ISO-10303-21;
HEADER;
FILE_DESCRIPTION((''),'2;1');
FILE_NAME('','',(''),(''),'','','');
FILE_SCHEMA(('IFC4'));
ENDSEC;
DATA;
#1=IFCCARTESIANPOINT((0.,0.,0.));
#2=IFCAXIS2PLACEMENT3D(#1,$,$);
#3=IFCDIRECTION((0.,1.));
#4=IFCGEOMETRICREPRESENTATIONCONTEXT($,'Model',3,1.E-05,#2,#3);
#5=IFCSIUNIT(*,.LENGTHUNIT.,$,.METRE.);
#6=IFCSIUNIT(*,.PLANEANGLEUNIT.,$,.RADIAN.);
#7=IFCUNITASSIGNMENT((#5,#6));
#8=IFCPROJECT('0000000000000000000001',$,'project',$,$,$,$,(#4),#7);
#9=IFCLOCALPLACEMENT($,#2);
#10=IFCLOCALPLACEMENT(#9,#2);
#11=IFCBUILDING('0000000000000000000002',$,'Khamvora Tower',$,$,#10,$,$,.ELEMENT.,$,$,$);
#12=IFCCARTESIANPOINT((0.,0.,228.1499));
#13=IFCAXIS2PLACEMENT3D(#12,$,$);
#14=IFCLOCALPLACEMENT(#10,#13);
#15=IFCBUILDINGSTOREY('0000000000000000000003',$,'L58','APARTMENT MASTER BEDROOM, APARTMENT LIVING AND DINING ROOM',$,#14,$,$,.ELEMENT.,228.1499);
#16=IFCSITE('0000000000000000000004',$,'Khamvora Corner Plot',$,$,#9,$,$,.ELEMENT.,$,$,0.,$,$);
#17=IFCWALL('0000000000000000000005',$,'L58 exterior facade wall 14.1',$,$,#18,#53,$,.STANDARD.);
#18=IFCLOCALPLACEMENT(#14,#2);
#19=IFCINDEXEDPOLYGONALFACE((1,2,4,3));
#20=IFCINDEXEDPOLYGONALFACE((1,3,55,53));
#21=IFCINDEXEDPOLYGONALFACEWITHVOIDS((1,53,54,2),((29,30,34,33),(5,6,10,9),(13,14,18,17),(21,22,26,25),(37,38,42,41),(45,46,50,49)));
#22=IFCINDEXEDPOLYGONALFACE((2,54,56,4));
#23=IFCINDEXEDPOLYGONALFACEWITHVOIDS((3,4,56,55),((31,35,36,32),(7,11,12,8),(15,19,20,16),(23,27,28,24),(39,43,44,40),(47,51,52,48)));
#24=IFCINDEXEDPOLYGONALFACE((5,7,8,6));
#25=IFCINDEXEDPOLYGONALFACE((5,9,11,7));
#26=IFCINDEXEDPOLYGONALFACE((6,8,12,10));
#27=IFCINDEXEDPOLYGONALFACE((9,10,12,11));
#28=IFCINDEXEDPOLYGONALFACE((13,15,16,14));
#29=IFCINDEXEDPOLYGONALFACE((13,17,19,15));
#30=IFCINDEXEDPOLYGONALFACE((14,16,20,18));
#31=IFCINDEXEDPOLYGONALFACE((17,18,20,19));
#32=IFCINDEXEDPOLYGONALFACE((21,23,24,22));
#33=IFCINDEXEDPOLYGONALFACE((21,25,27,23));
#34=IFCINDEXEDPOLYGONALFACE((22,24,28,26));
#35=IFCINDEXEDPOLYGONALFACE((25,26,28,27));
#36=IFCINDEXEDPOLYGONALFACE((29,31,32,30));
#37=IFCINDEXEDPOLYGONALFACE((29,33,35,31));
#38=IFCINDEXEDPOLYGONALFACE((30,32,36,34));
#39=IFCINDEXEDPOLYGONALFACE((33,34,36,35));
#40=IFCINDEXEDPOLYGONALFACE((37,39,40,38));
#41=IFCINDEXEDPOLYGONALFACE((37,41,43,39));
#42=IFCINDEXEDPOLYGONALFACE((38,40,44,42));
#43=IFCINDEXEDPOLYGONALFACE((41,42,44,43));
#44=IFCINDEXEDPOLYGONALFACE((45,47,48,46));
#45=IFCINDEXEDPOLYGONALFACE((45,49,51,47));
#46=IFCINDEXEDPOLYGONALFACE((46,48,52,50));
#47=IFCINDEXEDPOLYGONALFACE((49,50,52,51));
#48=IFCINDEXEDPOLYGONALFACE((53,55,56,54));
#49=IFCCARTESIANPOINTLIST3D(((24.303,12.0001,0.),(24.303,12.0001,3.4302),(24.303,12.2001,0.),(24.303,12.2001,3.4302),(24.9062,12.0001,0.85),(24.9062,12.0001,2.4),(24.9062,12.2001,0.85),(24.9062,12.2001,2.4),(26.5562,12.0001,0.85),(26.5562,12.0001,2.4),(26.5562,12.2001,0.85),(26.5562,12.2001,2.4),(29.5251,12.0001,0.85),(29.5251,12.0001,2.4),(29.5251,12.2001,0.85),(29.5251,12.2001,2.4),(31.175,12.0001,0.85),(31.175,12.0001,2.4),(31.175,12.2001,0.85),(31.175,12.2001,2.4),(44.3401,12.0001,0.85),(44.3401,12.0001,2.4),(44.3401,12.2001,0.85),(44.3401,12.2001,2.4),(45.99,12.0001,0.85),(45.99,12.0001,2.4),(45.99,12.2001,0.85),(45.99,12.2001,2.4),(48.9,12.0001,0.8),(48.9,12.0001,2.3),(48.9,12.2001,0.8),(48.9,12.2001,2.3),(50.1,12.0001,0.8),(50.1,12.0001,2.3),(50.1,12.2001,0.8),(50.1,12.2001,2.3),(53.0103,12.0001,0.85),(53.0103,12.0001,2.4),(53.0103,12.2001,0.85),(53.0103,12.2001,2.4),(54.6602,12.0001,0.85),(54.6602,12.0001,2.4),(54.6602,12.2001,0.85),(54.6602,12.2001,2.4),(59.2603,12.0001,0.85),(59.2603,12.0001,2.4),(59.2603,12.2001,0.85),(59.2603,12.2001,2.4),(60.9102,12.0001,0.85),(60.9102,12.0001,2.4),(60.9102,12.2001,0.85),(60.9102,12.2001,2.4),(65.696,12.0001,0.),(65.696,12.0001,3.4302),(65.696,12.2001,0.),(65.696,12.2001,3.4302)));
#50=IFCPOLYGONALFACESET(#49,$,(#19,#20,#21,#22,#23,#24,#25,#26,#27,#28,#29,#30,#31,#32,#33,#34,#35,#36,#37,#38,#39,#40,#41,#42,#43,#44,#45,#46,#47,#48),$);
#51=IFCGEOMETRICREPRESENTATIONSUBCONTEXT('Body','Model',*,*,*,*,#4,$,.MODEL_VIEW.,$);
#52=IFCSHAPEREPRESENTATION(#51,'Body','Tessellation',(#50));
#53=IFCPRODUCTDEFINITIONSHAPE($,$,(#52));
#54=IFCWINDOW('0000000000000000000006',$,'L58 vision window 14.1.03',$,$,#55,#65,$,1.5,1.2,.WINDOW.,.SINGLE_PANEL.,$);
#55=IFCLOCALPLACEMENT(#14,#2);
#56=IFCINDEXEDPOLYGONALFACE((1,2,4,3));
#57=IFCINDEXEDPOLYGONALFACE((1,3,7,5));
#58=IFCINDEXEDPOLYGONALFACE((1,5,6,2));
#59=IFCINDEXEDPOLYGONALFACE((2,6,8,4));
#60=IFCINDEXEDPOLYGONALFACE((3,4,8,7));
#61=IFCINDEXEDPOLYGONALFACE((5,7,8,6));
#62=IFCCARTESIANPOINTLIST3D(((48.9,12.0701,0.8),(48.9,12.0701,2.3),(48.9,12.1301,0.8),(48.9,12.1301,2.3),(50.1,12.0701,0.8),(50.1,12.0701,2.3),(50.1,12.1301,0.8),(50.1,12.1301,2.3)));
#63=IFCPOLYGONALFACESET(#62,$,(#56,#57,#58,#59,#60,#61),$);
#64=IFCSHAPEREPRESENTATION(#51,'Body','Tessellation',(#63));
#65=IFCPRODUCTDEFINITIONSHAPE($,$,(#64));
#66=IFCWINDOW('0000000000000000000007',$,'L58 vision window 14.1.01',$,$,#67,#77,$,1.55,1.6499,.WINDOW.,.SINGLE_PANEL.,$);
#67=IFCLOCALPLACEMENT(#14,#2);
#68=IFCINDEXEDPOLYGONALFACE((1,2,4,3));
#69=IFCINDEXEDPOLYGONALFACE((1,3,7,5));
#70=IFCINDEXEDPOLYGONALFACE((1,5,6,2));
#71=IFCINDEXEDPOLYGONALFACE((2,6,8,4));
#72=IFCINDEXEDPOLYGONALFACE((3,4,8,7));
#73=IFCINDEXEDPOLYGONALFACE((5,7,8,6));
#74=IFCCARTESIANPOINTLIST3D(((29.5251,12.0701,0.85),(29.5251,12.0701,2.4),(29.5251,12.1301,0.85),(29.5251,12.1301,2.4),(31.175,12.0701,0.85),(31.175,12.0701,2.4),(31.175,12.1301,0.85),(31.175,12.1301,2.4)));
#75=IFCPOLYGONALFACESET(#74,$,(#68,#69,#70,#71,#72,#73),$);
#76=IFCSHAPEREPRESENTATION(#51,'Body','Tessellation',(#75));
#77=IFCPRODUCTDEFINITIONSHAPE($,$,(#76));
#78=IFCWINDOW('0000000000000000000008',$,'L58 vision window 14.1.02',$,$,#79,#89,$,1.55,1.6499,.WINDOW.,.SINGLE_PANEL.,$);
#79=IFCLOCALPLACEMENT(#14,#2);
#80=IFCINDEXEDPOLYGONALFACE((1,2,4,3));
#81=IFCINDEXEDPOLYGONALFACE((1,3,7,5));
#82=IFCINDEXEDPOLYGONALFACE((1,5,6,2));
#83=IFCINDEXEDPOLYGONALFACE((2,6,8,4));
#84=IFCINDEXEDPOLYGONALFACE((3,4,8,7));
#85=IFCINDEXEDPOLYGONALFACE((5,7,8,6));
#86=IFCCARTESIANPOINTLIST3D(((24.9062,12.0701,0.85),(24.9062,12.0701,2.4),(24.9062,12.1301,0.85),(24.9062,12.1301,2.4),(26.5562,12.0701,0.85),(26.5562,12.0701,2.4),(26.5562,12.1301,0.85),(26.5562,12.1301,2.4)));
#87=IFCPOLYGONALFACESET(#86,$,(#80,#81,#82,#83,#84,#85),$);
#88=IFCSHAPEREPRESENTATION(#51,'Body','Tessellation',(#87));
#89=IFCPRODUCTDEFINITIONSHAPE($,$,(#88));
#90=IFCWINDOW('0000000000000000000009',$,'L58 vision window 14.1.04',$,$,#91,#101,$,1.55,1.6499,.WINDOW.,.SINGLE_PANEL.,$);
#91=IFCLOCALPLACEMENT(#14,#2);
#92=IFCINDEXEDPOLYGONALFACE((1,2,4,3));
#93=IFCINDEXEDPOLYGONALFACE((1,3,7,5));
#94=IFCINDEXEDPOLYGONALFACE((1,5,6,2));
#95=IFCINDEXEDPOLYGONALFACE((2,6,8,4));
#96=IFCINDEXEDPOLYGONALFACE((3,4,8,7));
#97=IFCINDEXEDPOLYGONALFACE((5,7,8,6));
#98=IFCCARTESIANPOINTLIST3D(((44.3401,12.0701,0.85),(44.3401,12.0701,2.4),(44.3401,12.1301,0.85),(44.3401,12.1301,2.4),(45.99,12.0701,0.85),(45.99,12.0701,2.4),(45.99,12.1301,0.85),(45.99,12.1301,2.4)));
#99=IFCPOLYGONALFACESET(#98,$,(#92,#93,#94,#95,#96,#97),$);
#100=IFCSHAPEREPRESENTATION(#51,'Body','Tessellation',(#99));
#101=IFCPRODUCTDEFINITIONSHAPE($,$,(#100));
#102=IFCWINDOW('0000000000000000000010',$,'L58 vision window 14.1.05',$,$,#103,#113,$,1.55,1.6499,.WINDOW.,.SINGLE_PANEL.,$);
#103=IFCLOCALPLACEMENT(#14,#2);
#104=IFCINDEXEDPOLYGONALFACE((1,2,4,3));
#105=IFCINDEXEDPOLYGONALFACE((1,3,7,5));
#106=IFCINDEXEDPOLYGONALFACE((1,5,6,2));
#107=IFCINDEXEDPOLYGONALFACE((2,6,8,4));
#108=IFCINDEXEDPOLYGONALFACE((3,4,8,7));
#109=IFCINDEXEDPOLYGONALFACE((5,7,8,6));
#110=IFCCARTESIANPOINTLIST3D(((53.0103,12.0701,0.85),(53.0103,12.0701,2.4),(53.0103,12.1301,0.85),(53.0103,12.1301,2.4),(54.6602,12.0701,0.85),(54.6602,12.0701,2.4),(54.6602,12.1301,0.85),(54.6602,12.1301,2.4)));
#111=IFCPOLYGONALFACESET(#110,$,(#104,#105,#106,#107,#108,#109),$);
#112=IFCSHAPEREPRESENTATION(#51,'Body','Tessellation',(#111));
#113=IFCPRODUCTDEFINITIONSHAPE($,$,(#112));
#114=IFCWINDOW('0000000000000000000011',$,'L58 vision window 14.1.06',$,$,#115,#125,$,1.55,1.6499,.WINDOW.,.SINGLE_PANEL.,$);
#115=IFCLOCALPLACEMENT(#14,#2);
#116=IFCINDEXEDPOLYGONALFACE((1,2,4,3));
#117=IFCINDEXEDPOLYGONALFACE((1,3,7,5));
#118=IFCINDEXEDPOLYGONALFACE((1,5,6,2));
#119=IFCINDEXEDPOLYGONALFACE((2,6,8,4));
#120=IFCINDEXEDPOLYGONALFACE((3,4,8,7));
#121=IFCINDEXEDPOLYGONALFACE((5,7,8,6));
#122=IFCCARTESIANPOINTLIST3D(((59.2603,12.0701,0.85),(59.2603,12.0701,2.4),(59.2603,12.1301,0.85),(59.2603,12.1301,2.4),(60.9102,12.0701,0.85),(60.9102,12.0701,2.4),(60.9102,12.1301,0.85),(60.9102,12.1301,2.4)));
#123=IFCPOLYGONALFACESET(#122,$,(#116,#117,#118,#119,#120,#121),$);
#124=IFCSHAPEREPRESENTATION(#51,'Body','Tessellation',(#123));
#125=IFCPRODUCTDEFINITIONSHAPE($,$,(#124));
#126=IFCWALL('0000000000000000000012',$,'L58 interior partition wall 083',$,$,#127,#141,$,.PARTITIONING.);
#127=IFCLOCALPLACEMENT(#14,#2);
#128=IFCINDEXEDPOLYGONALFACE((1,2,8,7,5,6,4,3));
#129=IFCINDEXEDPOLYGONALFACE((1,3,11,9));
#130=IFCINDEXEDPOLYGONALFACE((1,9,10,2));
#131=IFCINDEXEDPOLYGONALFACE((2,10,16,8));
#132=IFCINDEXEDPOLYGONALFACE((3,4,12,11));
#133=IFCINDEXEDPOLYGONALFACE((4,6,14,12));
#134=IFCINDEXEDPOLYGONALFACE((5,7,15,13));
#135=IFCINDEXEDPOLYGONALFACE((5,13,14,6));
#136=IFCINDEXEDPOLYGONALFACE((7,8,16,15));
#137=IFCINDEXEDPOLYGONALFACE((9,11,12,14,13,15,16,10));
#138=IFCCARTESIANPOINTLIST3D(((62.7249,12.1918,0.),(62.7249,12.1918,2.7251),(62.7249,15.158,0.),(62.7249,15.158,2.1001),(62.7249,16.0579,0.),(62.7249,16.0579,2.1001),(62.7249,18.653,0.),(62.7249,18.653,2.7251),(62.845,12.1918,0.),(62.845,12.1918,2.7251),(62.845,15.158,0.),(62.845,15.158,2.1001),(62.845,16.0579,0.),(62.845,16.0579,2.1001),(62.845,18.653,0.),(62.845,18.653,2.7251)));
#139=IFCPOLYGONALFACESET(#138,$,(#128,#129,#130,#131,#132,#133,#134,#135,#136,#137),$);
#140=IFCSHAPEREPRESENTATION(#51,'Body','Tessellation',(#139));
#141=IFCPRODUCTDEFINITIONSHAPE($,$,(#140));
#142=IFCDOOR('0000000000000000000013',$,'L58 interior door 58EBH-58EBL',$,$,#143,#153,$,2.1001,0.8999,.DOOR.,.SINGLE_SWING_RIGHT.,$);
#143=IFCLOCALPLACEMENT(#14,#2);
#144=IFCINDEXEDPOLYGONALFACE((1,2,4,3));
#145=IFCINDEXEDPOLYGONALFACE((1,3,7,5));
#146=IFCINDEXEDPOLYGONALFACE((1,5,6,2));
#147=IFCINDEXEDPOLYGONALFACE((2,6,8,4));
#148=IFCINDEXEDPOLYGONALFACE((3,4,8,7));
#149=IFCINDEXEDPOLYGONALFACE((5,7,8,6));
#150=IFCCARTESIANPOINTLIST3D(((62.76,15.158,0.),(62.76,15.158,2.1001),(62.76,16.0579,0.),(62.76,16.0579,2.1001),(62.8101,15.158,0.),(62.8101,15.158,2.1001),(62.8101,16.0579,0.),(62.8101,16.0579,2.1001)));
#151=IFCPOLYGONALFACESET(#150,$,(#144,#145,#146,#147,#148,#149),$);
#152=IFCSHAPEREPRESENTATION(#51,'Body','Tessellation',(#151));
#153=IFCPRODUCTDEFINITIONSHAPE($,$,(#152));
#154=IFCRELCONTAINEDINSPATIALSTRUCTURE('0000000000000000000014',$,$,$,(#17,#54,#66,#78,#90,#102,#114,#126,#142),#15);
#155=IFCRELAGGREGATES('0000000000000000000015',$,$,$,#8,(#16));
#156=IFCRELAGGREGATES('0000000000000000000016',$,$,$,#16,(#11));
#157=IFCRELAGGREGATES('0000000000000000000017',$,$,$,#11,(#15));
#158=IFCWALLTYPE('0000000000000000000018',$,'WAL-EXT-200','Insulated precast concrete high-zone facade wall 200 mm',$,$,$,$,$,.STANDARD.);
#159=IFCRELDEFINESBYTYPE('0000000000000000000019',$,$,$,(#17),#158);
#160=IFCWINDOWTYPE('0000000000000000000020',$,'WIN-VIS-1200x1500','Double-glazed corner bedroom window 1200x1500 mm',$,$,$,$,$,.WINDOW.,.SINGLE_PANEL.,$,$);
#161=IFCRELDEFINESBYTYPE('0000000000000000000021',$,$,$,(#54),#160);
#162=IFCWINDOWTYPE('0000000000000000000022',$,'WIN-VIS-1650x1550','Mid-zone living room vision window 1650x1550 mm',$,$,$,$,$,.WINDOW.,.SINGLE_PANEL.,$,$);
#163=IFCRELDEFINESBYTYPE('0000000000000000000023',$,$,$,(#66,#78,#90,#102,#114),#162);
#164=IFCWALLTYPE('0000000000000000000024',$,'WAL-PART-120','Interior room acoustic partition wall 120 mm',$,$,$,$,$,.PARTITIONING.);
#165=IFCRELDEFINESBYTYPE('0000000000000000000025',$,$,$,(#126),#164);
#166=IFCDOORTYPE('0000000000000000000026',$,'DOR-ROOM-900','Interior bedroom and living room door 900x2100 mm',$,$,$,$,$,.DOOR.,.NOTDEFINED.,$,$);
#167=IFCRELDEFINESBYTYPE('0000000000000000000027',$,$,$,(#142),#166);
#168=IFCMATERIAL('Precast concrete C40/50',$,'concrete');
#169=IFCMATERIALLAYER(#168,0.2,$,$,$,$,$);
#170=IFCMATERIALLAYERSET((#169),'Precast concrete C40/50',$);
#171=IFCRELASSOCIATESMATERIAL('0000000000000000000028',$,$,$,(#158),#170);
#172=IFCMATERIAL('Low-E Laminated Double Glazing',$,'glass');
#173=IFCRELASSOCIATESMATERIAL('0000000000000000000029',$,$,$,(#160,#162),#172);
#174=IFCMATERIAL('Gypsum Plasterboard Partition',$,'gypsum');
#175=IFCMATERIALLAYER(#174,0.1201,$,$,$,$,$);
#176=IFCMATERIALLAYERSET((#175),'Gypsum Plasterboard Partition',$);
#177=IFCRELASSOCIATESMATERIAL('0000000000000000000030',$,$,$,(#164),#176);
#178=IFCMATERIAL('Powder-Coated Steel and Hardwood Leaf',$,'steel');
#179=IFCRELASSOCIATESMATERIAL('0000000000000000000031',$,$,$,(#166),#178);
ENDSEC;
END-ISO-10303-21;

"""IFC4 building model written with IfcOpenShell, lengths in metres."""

from ifc_helpers import new_model, si_unit, direction, frame, frame_2d, origin, place, context, subcontext, project, spatial, rectangle, extrude, material, layer, layer_set, type_object, element, fill, save


model = new_model("IFC4")

# Units and contexts
model_context = context("Model", 3, precision=1e-05, world=origin(), true_north=direction((0.0, 1.0)))
body_context = subcontext(model_context, "Body", "Model", "MODEL_VIEW")
ifc_project = project(units=[si_unit("LENGTHUNIT", "METRE"), si_unit("PLANEANGLEUNIT", "RADIAN")], contexts=[model_context])

# Site, building, storey
site_placement = place(None, origin())
site = spatial("IfcSite", under=ifc_project, at=site_placement, Name="Khamvora Corner Plot", CompositionType="ELEMENT", RefElevation=0.0)
building_placement = place(site_placement, origin())
building = spatial("IfcBuilding", under=site, at=building_placement, Name="Khamvora Tower", CompositionType="ELEMENT")
storey_placement = place(building_placement, frame((0.0, 0.0, 228.1499)))
storey = spatial("IfcBuildingStorey", under=building, at=storey_placement, Name="L58", Description="APARTMENT MASTER BEDROOM, APARTMENT LIVING AND DINING ROOM", CompositionType="ELEMENT", Elevation=228.1499)

# Shared definitions
ifc_material_1 = material(Name="Precast concrete C40/50", Category="concrete")
ifc_layer_1 = layer(ifc_material_1, 0.2)
ifc_layer_set_1 = layer_set([ifc_layer_1], Name="Precast concrete C40/50")
wall_type_1 = type_object("IfcWallType", Name="WAL-EXT-200", Description="Insulated precast concrete high-zone facade wall 200 mm", PredefinedType="STANDARD", material=ifc_layer_set_1)

# Wall, openings, windows
wall_1_placement = place(storey_placement, frame((65.696, 12.1001, 0.0), z_axis=(0.0, 0.0, 1.0), x_axis=(-1.0, 0.0, 0.0)))
wall_1 = element("IfcWall", 1, at=wall_1_placement, inside=storey, type_object=wall_type_1, Name="L58 exterior facade wall 14.1", PredefinedType="STANDARD", context=body_context, shape_type="SweptSolid", body=[
    extrude(rectangle(XDim=41.3931, YDim=0.2, at=frame_2d((20.6965, 0.0))), origin(), (0.0, 0.0, 1.0), 3.4302),
])
opening_1_placement = place(wall_1_placement, frame((34.521, 0.0, 0.8501)))
opening_1 = element("IfcOpeningElement", 2, at=opening_1_placement, cuts=wall_1, PredefinedType="OPENING", context=body_context, shape_type="SweptSolid", body=[
    extrude(rectangle(XDim=1.6499, YDim=1.55, at=frame_2d((0.825, 0.7749))), frame((0.0, 0.1099, 0.0), z_axis=(0.0, -1.0, 0.0), x_axis=(1.0, 0.0, 0.0)), (0.0, 0.0, 1.0), 0.22),
])
opening_2_placement = place(wall_1_placement, frame((39.1399, 0.0, 0.8501)))
opening_2 = element("IfcOpeningElement", 3, at=opening_2_placement, cuts=wall_1, PredefinedType="OPENING", context=body_context, shape_type="SweptSolid", body=[
    extrude(rectangle(XDim=1.6499, YDim=1.55, at=frame_2d((0.825, 0.7749))), frame((0.0, 0.1099, 0.0), z_axis=(0.0, -1.0, 0.0), x_axis=(1.0, 0.0, 0.0)), (0.0, 0.0, 1.0), 0.22),
])
opening_3_placement = place(wall_1_placement, frame((15.5959, 0.0, 0.8)))
opening_3 = element("IfcOpeningElement", 4, at=opening_3_placement, cuts=wall_1, PredefinedType="OPENING", context=body_context, shape_type="SweptSolid", body=[
    extrude(rectangle(XDim=1.2, YDim=1.5, at=frame_2d((0.6001, 0.75))), frame((0.0, 0.1099, 0.0), z_axis=(0.0, -1.0, 0.0), x_axis=(1.0, 0.0, 0.0)), (0.0, 0.0, 1.0), 0.22),
])
opening_4_placement = place(wall_1_placement, frame((19.7061, 0.0, 0.8501)))
opening_4 = element("IfcOpeningElement", 5, at=opening_4_placement, cuts=wall_1, PredefinedType="OPENING", context=body_context, shape_type="SweptSolid", body=[
    extrude(rectangle(XDim=1.6499, YDim=1.55, at=frame_2d((0.825, 0.7749))), frame((0.0, 0.1099, 0.0), z_axis=(0.0, -1.0, 0.0), x_axis=(1.0, 0.0, 0.0)), (0.0, 0.0, 1.0), 0.22),
])
opening_5_placement = place(wall_1_placement, frame((11.0359, 0.0, 0.8501)))
opening_5 = element("IfcOpeningElement", 6, at=opening_5_placement, cuts=wall_1, PredefinedType="OPENING", context=body_context, shape_type="SweptSolid", body=[
    extrude(rectangle(XDim=1.6499, YDim=1.55, at=frame_2d((0.825, 0.7749))), frame((0.0, 0.1099, 0.0), z_axis=(0.0, -1.0, 0.0), x_axis=(1.0, 0.0, 0.0)), (0.0, 0.0, 1.0), 0.22),
])
opening_6_placement = place(wall_1_placement, frame((4.7859, 0.0, 0.8501)))
opening_6 = element("IfcOpeningElement", 7, at=opening_6_placement, cuts=wall_1, PredefinedType="OPENING", context=body_context, shape_type="SweptSolid", body=[
    extrude(rectangle(XDim=1.6499, YDim=1.55, at=frame_2d((0.825, 0.7749))), frame((0.0, 0.1099, 0.0), z_axis=(0.0, -1.0, 0.0), x_axis=(1.0, 0.0, 0.0)), (0.0, 0.0, 1.0), 0.22),
])
ifc_material_2 = material(Name="Low-E Laminated Double Glazing", Category="glass")
window_type_1 = type_object("IfcWindowType", Name="WIN-VIS-1200x1500", Description="Double-glazed corner bedroom window 1200x1500 mm", PartitioningType="SINGLE_PANEL", PredefinedType="WINDOW", material=ifc_material_2)
window_1_placement = place(opening_3_placement, origin())
window_1 = element("IfcWindow", 8, at=window_1_placement, inside=storey, type_object=window_type_1, Name="L58 vision window 14.1.03", OverallHeight=1.5, OverallWidth=1.2, PartitioningType="SINGLE_PANEL", PredefinedType="WINDOW", context=body_context, shape_type="SweptSolid", body=[
    extrude(rectangle(XDim=1.2, YDim=1.5, at=frame_2d((0.6001, 0.75))), frame((0.0, 0.03, 0.0), z_axis=(0.0, -1.0, 0.0), x_axis=(1.0, 0.0, 0.0)), (0.0, 0.0, 1.0), 0.0601),
])
fill(opening_3, window_1)
window_type_2 = type_object("IfcWindowType", Name="WIN-VIS-1650x1550", Description="Mid-zone living room vision window 1650x1550 mm", PartitioningType="SINGLE_PANEL", PredefinedType="WINDOW", material=ifc_material_2)
window_2_placement = place(opening_1_placement, origin())
window_2 = element("IfcWindow", 9, at=window_2_placement, inside=storey, type_object=window_type_2, Name="L58 vision window 14.1.01", OverallHeight=1.55, OverallWidth=1.6499, PartitioningType="SINGLE_PANEL", PredefinedType="WINDOW", context=body_context, shape_type="SweptSolid", body=[
    extrude(rectangle(XDim=1.6499, YDim=1.55, at=frame_2d((0.825, 0.7749))), frame((0.0, 0.03, 0.0), z_axis=(0.0, -1.0, 0.0), x_axis=(1.0, 0.0, 0.0)), (0.0, 0.0, 1.0), 0.0601),
])
fill(opening_1, window_2)
window_3_placement = place(opening_2_placement, origin())
window_3 = element("IfcWindow", 10, at=window_3_placement, inside=storey, type_object=window_type_2, Name="L58 vision window 14.1.02", OverallHeight=1.55, OverallWidth=1.6499, PartitioningType="SINGLE_PANEL", PredefinedType="WINDOW", context=body_context, shape_type="SweptSolid", body=[
    extrude(rectangle(XDim=1.6499, YDim=1.55, at=frame_2d((0.825, 0.7749))), frame((0.0, 0.03, 0.0), z_axis=(0.0, -1.0, 0.0), x_axis=(1.0, 0.0, 0.0)), (0.0, 0.0, 1.0), 0.0601),
])
fill(opening_2, window_3)
window_4_placement = place(opening_4_placement, origin())
window_4 = element("IfcWindow", 11, at=window_4_placement, inside=storey, type_object=window_type_2, Name="L58 vision window 14.1.04", OverallHeight=1.55, OverallWidth=1.6499, PartitioningType="SINGLE_PANEL", PredefinedType="WINDOW", context=body_context, shape_type="SweptSolid", body=[
    extrude(rectangle(XDim=1.6499, YDim=1.55, at=frame_2d((0.825, 0.7749))), frame((0.0, 0.03, 0.0), z_axis=(0.0, -1.0, 0.0), x_axis=(1.0, 0.0, 0.0)), (0.0, 0.0, 1.0), 0.0601),
])
fill(opening_4, window_4)
window_5_placement = place(opening_5_placement, origin())
window_5 = element("IfcWindow", 12, at=window_5_placement, inside=storey, type_object=window_type_2, Name="L58 vision window 14.1.05", OverallHeight=1.55, OverallWidth=1.6499, PartitioningType="SINGLE_PANEL", PredefinedType="WINDOW", context=body_context, shape_type="SweptSolid", body=[
    extrude(rectangle(XDim=1.6499, YDim=1.55, at=frame_2d((0.825, 0.7749))), frame((0.0, 0.03, 0.0), z_axis=(0.0, -1.0, 0.0), x_axis=(1.0, 0.0, 0.0)), (0.0, 0.0, 1.0), 0.0601),
])
fill(opening_5, window_5)
window_6_placement = place(opening_6_placement, origin())
window_6 = element("IfcWindow", 13, at=window_6_placement, inside=storey, type_object=window_type_2, Name="L58 vision window 14.1.06", OverallHeight=1.55, OverallWidth=1.6499, PartitioningType="SINGLE_PANEL", PredefinedType="WINDOW", context=body_context, shape_type="SweptSolid", body=[
    extrude(rectangle(XDim=1.6499, YDim=1.55, at=frame_2d((0.825, 0.7749))), frame((0.0, 0.03, 0.0), z_axis=(0.0, -1.0, 0.0), x_axis=(1.0, 0.0, 0.0)), (0.0, 0.0, 1.0), 0.0601),
])
fill(opening_6, window_6)

# Wall, opening, door
ifc_material_3 = material(Name="Gypsum Plasterboard Partition", Category="gypsum")
ifc_layer_2 = layer(ifc_material_3, 0.1201)
ifc_layer_set_2 = layer_set([ifc_layer_2], Name="Gypsum Plasterboard Partition")
wall_type_2 = type_object("IfcWallType", Name="WAL-PART-120", Description="Interior room acoustic partition wall 120 mm", PredefinedType="PARTITIONING", material=ifc_layer_set_2)
wall_2_placement = place(storey_placement, frame((62.7849, 12.1919, 0.0), z_axis=(0.0, 0.0, 1.0), x_axis=(0.0, 1.0, 0.0)))
wall_2 = element("IfcWall", 14, at=wall_2_placement, inside=storey, type_object=wall_type_2, Name="L58 interior partition wall 083", PredefinedType="PARTITIONING", context=body_context, shape_type="SweptSolid", body=[
    extrude(rectangle(XDim=6.4612, YDim=0.1201, at=frame_2d((3.2305, 0.0))), origin(), (0.0, 0.0, 1.0), 2.7251),
])
opening_7_placement = place(wall_2_placement, frame((2.9661, 0.0, 0.0)))
opening_7 = element("IfcOpeningElement", 15, at=opening_7_placement, cuts=wall_2, PredefinedType="OPENING", context=body_context, shape_type="SweptSolid", body=[
    extrude(rectangle(XDim=0.8999, YDim=2.1001, at=frame_2d((0.45, 1.05))), frame((0.0, 0.0701, 0.0), z_axis=(0.0, -1.0, 0.0), x_axis=(1.0, 0.0, 0.0)), (0.0, 0.0, 1.0), 0.1401),
])
ifc_material_4 = material(Name="Powder-Coated Steel and Hardwood Leaf", Category="steel")
door_type = type_object("IfcDoorType", Name="DOR-ROOM-900", Description="Interior bedroom and living room door 900x2100 mm", OperationType="NOTDEFINED", PredefinedType="DOOR", material=ifc_material_4)
door_1_placement = place(opening_7_placement, origin())
door_1 = element("IfcDoor", 16, at=door_1_placement, inside=storey, type_object=door_type, Name="L58 interior door 58EBH-58EBL", OperationType="SINGLE_SWING_RIGHT", OverallHeight=2.1001, OverallWidth=0.8999, PredefinedType="DOOR", context=body_context, shape_type="SweptSolid", body=[
    extrude(rectangle(XDim=0.8999, YDim=2.1001, at=frame_2d((0.45, 1.05))), frame((0.0, 0.0249, 0.0), z_axis=(0.0, -1.0, 0.0), x_axis=(1.0, 0.0, 0.0)), (0.0, 0.0, 1.0), 0.05),
])
fill(opening_7, door_1)

save(model, "model.ifc")
